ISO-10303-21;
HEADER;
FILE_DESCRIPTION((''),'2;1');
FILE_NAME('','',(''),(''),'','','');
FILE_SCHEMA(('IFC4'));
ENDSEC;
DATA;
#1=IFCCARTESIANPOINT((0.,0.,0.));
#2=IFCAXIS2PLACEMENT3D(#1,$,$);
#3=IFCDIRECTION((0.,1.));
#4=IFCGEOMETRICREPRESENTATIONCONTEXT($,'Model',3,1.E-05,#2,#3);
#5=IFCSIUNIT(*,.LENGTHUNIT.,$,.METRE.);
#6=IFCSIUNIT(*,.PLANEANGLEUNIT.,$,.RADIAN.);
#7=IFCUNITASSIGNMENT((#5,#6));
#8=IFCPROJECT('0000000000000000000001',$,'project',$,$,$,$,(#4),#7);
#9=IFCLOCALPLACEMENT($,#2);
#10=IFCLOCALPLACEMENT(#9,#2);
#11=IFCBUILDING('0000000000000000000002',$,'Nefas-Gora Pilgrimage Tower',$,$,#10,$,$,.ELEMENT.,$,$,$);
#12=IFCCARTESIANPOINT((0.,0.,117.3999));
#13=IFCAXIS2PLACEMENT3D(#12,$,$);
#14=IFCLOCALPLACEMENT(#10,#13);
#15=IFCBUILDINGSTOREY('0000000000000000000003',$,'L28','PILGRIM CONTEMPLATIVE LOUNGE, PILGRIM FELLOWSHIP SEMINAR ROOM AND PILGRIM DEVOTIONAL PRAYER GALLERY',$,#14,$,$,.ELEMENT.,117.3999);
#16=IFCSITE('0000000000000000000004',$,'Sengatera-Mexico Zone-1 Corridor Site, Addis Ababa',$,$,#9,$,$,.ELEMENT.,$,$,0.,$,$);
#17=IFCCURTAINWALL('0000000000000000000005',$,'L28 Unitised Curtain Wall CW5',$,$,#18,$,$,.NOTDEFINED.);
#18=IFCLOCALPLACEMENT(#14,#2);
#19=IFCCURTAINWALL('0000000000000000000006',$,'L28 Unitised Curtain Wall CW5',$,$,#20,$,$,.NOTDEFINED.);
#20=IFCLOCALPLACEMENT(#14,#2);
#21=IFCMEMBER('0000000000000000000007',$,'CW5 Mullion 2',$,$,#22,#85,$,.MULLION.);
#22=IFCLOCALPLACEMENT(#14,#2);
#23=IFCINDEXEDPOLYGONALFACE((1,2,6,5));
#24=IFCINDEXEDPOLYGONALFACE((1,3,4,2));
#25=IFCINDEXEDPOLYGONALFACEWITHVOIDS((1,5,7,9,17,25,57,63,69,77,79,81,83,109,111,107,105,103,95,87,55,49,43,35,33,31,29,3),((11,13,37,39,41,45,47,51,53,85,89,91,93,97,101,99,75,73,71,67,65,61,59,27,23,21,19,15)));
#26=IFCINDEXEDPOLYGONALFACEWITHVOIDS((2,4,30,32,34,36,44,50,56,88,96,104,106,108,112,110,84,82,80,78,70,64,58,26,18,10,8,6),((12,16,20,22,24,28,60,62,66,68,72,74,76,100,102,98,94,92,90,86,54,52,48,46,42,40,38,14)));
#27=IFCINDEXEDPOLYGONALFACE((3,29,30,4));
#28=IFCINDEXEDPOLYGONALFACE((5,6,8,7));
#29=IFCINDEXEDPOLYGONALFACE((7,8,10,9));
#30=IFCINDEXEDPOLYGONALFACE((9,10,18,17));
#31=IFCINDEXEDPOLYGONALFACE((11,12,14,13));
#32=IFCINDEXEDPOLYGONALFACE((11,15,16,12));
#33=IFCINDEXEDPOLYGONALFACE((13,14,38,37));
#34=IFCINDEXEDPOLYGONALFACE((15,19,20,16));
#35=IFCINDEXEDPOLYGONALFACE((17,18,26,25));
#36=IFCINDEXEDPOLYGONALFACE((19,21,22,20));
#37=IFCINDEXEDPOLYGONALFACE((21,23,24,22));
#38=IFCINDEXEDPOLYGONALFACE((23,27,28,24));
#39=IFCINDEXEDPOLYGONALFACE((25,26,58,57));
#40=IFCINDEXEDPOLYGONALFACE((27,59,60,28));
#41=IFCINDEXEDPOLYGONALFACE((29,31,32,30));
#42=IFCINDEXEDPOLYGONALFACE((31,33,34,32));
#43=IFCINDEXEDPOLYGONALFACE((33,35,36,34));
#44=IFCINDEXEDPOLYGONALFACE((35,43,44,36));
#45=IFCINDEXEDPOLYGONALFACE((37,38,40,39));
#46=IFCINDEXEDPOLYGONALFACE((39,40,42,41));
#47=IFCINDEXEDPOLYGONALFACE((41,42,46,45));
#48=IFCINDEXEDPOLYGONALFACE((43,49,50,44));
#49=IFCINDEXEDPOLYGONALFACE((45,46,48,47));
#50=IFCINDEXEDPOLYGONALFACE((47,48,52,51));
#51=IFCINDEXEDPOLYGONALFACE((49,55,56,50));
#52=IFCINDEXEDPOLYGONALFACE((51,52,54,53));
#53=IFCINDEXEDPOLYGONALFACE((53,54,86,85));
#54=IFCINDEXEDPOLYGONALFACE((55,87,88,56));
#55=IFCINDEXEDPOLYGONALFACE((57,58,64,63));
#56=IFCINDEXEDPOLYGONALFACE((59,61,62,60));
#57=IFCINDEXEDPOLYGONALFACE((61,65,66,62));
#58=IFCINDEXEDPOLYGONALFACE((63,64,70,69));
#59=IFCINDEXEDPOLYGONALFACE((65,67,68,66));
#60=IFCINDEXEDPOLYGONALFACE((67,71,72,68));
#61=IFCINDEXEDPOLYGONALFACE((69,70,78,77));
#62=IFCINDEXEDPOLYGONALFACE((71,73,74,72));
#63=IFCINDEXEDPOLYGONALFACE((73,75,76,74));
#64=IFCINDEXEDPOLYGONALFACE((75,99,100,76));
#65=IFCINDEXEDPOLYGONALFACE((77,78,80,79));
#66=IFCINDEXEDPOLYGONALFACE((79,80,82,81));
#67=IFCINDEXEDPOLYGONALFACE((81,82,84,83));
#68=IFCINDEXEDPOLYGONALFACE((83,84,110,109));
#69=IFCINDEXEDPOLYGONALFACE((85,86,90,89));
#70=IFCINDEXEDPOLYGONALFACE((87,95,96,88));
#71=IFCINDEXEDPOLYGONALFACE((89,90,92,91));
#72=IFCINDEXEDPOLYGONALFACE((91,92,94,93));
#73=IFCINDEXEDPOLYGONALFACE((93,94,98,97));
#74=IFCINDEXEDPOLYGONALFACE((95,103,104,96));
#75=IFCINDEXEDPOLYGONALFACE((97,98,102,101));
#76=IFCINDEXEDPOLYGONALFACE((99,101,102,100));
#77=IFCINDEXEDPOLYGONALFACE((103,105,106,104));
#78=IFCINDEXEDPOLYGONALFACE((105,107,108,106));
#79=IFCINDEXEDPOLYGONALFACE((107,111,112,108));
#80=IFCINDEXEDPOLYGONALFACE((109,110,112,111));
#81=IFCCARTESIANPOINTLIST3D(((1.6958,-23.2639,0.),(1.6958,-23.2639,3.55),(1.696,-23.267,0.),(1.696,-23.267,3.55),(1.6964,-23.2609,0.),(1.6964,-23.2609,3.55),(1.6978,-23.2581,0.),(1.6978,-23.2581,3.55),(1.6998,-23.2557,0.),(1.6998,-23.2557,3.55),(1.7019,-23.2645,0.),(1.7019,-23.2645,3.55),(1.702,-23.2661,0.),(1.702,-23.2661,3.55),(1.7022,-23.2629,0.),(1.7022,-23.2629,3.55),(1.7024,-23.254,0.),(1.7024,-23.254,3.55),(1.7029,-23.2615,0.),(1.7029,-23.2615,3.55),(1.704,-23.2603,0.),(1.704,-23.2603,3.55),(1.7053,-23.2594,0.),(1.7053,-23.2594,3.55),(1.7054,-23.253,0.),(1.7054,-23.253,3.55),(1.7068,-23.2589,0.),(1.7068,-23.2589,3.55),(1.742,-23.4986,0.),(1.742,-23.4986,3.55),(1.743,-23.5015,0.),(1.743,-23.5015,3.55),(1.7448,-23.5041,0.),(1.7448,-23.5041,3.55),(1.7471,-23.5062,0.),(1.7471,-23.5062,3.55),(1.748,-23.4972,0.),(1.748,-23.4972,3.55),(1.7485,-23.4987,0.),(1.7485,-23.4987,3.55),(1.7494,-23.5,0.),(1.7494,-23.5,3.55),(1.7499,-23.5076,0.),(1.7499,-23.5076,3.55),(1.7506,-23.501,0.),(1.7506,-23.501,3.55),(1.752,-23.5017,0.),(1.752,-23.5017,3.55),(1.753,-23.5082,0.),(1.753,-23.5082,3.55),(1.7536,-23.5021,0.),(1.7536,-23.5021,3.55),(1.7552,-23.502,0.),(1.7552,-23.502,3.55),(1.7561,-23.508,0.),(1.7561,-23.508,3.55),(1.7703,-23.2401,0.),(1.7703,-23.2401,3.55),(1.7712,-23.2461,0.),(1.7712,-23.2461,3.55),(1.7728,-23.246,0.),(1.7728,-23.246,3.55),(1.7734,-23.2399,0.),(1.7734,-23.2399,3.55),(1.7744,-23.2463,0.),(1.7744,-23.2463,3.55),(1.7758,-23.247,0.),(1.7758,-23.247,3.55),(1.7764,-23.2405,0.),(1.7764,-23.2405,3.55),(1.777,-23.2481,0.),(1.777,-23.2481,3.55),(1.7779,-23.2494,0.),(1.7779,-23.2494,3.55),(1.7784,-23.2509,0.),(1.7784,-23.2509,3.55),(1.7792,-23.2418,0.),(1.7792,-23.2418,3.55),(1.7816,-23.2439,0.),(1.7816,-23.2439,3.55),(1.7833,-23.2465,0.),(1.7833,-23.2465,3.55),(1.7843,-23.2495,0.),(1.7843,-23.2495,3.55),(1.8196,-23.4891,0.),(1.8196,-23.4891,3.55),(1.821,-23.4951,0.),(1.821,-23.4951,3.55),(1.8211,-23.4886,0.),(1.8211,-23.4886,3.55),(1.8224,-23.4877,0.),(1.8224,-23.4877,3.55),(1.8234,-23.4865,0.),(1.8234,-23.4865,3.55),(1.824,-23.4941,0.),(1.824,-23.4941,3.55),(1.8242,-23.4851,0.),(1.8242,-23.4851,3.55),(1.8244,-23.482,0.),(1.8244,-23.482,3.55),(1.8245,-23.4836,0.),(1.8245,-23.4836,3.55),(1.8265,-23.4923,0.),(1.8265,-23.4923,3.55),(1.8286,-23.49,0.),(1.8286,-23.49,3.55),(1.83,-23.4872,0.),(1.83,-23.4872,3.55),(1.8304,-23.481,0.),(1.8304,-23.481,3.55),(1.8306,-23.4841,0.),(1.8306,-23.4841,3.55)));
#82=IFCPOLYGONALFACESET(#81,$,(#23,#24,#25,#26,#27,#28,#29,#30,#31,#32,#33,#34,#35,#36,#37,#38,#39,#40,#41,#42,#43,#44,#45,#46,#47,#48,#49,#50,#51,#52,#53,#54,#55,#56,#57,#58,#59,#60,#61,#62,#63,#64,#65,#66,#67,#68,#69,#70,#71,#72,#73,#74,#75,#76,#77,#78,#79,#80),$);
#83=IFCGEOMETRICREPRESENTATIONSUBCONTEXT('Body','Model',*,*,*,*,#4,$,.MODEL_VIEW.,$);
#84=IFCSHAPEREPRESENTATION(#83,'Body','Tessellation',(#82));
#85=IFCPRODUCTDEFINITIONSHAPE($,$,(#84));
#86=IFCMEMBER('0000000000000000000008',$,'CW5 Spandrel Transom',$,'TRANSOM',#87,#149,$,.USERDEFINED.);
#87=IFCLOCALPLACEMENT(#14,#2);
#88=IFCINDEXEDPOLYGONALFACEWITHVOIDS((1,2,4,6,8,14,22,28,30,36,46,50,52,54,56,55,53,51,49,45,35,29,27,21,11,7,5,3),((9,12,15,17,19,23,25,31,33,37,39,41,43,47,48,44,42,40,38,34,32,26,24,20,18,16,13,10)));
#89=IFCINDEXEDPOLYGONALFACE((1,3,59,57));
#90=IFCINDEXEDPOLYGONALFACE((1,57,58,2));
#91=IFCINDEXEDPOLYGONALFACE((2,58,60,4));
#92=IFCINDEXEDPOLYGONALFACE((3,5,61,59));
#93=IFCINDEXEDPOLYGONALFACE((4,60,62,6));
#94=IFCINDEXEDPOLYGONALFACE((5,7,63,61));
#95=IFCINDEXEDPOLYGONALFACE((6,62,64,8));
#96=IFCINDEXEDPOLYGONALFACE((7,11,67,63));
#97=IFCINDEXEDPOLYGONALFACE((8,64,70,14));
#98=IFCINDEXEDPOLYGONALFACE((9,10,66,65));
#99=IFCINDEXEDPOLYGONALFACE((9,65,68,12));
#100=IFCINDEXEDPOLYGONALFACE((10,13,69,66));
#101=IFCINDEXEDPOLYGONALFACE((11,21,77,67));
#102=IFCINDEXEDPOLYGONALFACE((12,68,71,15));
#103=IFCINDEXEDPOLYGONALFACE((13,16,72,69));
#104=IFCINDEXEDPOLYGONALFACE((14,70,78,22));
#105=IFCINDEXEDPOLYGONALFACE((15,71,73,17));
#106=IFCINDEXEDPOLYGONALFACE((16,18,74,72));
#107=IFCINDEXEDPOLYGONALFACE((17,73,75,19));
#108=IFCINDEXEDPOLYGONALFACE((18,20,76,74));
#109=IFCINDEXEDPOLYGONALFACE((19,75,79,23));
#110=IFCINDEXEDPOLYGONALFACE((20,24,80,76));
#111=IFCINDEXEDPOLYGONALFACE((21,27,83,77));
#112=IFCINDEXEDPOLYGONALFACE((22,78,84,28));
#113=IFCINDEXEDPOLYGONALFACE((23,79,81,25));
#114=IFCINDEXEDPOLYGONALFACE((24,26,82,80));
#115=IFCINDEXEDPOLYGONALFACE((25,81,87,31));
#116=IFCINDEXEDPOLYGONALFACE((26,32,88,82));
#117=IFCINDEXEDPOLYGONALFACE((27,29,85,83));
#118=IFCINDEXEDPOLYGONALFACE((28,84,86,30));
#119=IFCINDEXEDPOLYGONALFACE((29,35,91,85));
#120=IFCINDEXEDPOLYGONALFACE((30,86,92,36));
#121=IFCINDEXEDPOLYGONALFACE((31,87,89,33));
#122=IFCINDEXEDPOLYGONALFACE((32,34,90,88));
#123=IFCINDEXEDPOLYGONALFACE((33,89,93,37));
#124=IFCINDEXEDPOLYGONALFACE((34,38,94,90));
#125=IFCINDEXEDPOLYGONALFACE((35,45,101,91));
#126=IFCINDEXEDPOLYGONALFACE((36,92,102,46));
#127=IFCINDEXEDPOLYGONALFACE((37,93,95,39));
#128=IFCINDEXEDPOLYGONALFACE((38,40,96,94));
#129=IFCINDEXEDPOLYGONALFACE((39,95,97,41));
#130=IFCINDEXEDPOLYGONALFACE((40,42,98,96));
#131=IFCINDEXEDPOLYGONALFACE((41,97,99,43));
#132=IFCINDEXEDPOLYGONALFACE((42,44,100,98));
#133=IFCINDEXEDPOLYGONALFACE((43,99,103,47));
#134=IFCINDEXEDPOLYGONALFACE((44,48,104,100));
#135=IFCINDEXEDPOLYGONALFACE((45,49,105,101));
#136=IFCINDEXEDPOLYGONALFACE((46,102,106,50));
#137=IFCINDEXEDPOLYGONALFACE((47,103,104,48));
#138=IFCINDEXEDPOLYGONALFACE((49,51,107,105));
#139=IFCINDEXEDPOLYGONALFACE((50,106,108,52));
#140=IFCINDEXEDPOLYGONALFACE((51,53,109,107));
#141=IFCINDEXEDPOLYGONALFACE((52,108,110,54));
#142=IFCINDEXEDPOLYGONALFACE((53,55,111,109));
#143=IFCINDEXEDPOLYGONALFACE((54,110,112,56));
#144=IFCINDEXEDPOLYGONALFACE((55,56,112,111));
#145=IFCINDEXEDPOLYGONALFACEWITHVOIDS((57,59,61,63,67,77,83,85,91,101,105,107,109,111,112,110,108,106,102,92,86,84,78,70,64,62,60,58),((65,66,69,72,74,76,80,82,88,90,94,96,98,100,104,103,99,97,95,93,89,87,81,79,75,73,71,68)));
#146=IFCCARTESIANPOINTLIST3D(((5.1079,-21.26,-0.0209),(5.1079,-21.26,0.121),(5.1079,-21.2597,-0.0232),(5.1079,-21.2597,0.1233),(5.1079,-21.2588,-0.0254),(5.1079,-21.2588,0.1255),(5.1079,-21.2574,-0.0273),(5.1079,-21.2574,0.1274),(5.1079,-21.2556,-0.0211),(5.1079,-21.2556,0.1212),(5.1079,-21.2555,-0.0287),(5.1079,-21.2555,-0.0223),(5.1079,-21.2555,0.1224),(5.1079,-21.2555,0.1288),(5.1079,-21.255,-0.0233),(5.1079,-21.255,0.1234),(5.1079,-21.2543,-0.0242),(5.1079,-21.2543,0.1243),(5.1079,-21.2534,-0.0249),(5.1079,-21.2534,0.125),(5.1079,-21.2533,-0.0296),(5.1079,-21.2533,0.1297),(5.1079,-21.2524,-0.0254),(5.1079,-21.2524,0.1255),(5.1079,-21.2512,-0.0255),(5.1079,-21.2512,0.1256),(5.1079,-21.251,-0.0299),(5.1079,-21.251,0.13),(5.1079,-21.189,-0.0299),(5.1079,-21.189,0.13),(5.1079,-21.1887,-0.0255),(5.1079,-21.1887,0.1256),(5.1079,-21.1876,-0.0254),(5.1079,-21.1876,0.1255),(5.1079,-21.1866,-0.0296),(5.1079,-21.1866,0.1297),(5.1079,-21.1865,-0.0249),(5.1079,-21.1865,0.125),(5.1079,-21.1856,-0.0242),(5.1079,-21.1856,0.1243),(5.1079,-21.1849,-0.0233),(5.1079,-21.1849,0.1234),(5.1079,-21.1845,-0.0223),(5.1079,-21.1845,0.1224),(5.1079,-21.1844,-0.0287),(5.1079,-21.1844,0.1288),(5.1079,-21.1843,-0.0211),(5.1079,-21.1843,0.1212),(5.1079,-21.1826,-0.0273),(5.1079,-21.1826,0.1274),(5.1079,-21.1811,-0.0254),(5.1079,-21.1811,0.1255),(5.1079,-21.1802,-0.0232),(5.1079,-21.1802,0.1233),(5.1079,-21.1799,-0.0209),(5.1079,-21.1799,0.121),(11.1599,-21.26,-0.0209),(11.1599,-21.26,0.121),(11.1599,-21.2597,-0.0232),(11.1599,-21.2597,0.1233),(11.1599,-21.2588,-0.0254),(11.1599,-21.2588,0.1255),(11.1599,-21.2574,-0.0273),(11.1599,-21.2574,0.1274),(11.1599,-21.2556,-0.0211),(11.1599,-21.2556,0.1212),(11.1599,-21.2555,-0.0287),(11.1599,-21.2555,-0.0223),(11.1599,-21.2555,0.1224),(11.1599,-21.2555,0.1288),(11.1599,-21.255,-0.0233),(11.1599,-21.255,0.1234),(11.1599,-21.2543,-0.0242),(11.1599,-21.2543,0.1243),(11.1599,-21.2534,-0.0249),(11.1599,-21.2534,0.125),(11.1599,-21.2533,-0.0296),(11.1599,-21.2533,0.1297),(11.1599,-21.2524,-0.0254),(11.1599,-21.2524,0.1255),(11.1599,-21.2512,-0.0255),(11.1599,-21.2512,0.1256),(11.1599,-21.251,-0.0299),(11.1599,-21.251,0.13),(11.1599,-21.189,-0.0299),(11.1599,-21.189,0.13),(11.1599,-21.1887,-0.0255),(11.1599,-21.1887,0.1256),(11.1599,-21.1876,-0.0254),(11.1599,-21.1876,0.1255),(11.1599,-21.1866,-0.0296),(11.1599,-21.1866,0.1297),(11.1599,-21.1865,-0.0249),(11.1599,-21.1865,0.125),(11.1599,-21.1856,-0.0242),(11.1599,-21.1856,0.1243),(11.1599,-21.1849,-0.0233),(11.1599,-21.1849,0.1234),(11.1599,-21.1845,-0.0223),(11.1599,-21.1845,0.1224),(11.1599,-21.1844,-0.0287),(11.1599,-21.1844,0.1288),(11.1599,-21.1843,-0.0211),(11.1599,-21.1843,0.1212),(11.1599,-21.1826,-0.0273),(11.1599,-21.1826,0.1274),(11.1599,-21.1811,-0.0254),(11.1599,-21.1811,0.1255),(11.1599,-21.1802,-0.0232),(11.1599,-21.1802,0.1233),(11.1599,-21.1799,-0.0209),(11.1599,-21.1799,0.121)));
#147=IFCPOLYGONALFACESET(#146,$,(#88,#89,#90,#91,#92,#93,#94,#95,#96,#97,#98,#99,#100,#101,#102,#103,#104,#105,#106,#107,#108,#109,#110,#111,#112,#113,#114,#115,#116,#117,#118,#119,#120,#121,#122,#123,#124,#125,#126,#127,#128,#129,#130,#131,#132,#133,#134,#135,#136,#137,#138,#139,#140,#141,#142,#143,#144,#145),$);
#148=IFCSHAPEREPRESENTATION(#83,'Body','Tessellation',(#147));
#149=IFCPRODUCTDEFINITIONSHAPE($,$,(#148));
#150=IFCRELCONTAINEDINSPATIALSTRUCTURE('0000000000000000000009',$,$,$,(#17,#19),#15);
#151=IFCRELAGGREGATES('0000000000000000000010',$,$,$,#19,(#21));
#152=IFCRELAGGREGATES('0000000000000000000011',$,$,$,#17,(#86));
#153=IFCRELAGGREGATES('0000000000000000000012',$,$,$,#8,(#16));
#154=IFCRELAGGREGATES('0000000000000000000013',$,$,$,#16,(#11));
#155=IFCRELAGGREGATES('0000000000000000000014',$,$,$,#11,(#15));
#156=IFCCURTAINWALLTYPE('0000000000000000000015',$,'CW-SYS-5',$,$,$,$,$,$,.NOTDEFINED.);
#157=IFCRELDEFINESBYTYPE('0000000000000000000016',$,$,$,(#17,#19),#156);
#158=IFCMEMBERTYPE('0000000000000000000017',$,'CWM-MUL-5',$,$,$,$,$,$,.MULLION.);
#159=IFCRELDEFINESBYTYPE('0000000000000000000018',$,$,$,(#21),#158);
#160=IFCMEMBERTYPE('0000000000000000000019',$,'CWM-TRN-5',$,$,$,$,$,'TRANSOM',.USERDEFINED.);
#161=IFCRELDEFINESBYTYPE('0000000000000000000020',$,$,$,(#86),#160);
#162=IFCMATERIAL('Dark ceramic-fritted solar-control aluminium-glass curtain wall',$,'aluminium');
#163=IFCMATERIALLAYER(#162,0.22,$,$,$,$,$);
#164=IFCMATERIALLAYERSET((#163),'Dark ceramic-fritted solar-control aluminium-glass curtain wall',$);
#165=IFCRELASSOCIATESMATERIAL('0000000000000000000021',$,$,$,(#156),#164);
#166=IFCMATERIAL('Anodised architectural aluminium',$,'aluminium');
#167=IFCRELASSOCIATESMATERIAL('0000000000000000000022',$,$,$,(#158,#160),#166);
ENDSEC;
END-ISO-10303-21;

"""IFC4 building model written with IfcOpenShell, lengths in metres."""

from ifc_helpers import new_model, si_unit, direction, frame, origin, origin_2d, place, context, subcontext, project, spatial, hollow_rectangle, extrude, source, transform, mapped, material, layer, layer_set, material_profile, profile_set, type_object, element, aggregate, save


model = new_model("IFC4")

# Units and contexts
model_context = context("Model", 3, precision=1e-05, world=origin(), true_north=direction((0.0, 1.0)))
body_context = subcontext(model_context, "Body", "Model", "MODEL_VIEW")
ifc_project = project(units=[si_unit("LENGTHUNIT", "METRE"), si_unit("PLANEANGLEUNIT", "RADIAN")], contexts=[model_context])

# Site, building, storey
site_placement = place(None, origin())
site = spatial("IfcSite", under=ifc_project, at=site_placement, Name="Sengatera-Mexico Zone-1 Corridor Site, Addis Ababa", CompositionType="ELEMENT", RefElevation=0.0)
building_placement = place(site_placement, origin())
building = spatial("IfcBuilding", under=site, at=building_placement, Name="Nefas-Gora Pilgrimage Tower", CompositionType="ELEMENT")
storey_placement = place(building_placement, frame((0.0, 0.0, 117.3999)))
storey = spatial("IfcBuildingStorey", under=building, at=storey_placement, Name="L28", Description="PILGRIM CONTEMPLATIVE LOUNGE, PILGRIM FELLOWSHIP SEMINAR ROOM AND PILGRIM DEVOTIONAL PRAYER GALLERY", CompositionType="ELEMENT", Elevation=117.3999)

# Curtain wall
ifc_material_1 = material(Name="Dark ceramic-fritted solar-control aluminium-glass curtain wall", Category="aluminium")
ifc_layer_1 = layer(ifc_material_1, 0.22)
ifc_layer_set_1 = layer_set([ifc_layer_1], Name="Dark ceramic-fritted solar-control aluminium-glass curtain wall")
curtain_wall_type_1 = type_object("IfcCurtainWallType", Name="CW-SYS-5", PredefinedType="NOTDEFINED", material=ifc_layer_set_1)
curtain_wall_1_placement = place(storey_placement, origin())
curtain_wall_1 = element("IfcCurtainWall", 1, at=curtain_wall_1_placement, inside=storey, type_object=curtain_wall_type_1, Name="L28 Unitised Curtain Wall CW5", PredefinedType="NOTDEFINED")
ifc_material_2 = material(Name="Anodised architectural aluminium", Category="aluminium")
ifc_material_profile_1 = material_profile(ifc_material_2, hollow_rectangle(XDim=0.0901, YDim=0.26, WallThickness=0.0061, InnerFilletRadius=0.0061, OuterFilletRadius=0.012, at=origin_2d()), Name="ALU MULLION 90x260")
ifc_profile_set_1 = profile_set([ifc_material_profile_1], Name="Anodised architectural aluminium")
member_type_1 = type_object("IfcMemberType", Name="CWM-MUL-5", PredefinedType="MULLION", material=ifc_profile_set_1)
shared_shape_1 = source(origin(), body_context, "Body", "SweptSolid", [
    extrude(hollow_rectangle(XDim=0.0901, YDim=0.26, WallThickness=0.0061, InnerFilletRadius=0.0061, OuterFilletRadius=0.012, at=origin_2d()), origin(), (0.0, 0.0, 1.0), 3.55),
])

# Curtain wall, member
curtain_wall_2_placement = place(storey_placement, origin())
curtain_wall_2 = element("IfcCurtainWall", 2, at=curtain_wall_2_placement, inside=storey, type_object=curtain_wall_type_1, Name="L28 Unitised Curtain Wall CW5", PredefinedType="NOTDEFINED")
member_1_placement = place(storey_placement, frame((1.7632, -23.374, 0.0), z_axis=(0.0, 0.0, 1.0), x_axis=(0.980783, 0.195102, 0.0)))
member_1 = element("IfcMember", 3, at=member_1_placement, type_object=member_type_1, Name="CW5 Mullion 2", PredefinedType="MULLION", context=body_context, shape_type="MappedRepresentation", body=[
    mapped(shared_shape_1, transform((0.0, 0.0, 0.0), x_axis=(1.0, 0.0, 0.0), y_axis=(0.0, 1.0, 0.0), z_axis=(0.0, 0.0, 1.0), scale=1.0)),
])
aggregate(curtain_wall_2, [member_1])

# Member
ifc_material_profile_2 = material_profile(ifc_material_2, hollow_rectangle(XDim=0.0801, YDim=0.1599, WallThickness=0.0044, InnerFilletRadius=0.0044, OuterFilletRadius=0.009, at=origin_2d()), Name="ALU TRANSOM 80x160")
ifc_profile_set_2 = profile_set([ifc_material_profile_2], Name="Anodised architectural aluminium")
member_type_2 = type_object("IfcMemberType", Name="CWM-TRN-5", ElementType="TRANSOM", PredefinedType="USERDEFINED", material=ifc_profile_set_2)
shared_shape_2 = source(origin(), body_context, "Body", "SweptSolid", [
    extrude(hollow_rectangle(XDim=0.0801, YDim=0.1599, WallThickness=0.0044, InnerFilletRadius=0.0044, OuterFilletRadius=0.009, at=origin_2d()), origin(), (0.0, 0.0, 1.0), 6.052),
])
member_2_placement = place(storey_placement, frame((5.1079, -21.22, 0.05), z_axis=(1.0, 0.0, 0.0), x_axis=(0.0, 1.0, 0.0)))
member_2 = element("IfcMember", 4, at=member_2_placement, type_object=member_type_2, Name="CW5 Spandrel Transom", ObjectType="TRANSOM", PredefinedType="USERDEFINED", context=body_context, shape_type="MappedRepresentation", body=[
    mapped(shared_shape_2, transform((0.0, 0.0, 0.0), x_axis=(1.0, 0.0, 0.0), y_axis=(0.0, 1.0, 0.0), z_axis=(0.0, 0.0, 1.0), scale=1.0)),
])

aggregate(curtain_wall_1, [member_2])

save(model, "model.ifc")
